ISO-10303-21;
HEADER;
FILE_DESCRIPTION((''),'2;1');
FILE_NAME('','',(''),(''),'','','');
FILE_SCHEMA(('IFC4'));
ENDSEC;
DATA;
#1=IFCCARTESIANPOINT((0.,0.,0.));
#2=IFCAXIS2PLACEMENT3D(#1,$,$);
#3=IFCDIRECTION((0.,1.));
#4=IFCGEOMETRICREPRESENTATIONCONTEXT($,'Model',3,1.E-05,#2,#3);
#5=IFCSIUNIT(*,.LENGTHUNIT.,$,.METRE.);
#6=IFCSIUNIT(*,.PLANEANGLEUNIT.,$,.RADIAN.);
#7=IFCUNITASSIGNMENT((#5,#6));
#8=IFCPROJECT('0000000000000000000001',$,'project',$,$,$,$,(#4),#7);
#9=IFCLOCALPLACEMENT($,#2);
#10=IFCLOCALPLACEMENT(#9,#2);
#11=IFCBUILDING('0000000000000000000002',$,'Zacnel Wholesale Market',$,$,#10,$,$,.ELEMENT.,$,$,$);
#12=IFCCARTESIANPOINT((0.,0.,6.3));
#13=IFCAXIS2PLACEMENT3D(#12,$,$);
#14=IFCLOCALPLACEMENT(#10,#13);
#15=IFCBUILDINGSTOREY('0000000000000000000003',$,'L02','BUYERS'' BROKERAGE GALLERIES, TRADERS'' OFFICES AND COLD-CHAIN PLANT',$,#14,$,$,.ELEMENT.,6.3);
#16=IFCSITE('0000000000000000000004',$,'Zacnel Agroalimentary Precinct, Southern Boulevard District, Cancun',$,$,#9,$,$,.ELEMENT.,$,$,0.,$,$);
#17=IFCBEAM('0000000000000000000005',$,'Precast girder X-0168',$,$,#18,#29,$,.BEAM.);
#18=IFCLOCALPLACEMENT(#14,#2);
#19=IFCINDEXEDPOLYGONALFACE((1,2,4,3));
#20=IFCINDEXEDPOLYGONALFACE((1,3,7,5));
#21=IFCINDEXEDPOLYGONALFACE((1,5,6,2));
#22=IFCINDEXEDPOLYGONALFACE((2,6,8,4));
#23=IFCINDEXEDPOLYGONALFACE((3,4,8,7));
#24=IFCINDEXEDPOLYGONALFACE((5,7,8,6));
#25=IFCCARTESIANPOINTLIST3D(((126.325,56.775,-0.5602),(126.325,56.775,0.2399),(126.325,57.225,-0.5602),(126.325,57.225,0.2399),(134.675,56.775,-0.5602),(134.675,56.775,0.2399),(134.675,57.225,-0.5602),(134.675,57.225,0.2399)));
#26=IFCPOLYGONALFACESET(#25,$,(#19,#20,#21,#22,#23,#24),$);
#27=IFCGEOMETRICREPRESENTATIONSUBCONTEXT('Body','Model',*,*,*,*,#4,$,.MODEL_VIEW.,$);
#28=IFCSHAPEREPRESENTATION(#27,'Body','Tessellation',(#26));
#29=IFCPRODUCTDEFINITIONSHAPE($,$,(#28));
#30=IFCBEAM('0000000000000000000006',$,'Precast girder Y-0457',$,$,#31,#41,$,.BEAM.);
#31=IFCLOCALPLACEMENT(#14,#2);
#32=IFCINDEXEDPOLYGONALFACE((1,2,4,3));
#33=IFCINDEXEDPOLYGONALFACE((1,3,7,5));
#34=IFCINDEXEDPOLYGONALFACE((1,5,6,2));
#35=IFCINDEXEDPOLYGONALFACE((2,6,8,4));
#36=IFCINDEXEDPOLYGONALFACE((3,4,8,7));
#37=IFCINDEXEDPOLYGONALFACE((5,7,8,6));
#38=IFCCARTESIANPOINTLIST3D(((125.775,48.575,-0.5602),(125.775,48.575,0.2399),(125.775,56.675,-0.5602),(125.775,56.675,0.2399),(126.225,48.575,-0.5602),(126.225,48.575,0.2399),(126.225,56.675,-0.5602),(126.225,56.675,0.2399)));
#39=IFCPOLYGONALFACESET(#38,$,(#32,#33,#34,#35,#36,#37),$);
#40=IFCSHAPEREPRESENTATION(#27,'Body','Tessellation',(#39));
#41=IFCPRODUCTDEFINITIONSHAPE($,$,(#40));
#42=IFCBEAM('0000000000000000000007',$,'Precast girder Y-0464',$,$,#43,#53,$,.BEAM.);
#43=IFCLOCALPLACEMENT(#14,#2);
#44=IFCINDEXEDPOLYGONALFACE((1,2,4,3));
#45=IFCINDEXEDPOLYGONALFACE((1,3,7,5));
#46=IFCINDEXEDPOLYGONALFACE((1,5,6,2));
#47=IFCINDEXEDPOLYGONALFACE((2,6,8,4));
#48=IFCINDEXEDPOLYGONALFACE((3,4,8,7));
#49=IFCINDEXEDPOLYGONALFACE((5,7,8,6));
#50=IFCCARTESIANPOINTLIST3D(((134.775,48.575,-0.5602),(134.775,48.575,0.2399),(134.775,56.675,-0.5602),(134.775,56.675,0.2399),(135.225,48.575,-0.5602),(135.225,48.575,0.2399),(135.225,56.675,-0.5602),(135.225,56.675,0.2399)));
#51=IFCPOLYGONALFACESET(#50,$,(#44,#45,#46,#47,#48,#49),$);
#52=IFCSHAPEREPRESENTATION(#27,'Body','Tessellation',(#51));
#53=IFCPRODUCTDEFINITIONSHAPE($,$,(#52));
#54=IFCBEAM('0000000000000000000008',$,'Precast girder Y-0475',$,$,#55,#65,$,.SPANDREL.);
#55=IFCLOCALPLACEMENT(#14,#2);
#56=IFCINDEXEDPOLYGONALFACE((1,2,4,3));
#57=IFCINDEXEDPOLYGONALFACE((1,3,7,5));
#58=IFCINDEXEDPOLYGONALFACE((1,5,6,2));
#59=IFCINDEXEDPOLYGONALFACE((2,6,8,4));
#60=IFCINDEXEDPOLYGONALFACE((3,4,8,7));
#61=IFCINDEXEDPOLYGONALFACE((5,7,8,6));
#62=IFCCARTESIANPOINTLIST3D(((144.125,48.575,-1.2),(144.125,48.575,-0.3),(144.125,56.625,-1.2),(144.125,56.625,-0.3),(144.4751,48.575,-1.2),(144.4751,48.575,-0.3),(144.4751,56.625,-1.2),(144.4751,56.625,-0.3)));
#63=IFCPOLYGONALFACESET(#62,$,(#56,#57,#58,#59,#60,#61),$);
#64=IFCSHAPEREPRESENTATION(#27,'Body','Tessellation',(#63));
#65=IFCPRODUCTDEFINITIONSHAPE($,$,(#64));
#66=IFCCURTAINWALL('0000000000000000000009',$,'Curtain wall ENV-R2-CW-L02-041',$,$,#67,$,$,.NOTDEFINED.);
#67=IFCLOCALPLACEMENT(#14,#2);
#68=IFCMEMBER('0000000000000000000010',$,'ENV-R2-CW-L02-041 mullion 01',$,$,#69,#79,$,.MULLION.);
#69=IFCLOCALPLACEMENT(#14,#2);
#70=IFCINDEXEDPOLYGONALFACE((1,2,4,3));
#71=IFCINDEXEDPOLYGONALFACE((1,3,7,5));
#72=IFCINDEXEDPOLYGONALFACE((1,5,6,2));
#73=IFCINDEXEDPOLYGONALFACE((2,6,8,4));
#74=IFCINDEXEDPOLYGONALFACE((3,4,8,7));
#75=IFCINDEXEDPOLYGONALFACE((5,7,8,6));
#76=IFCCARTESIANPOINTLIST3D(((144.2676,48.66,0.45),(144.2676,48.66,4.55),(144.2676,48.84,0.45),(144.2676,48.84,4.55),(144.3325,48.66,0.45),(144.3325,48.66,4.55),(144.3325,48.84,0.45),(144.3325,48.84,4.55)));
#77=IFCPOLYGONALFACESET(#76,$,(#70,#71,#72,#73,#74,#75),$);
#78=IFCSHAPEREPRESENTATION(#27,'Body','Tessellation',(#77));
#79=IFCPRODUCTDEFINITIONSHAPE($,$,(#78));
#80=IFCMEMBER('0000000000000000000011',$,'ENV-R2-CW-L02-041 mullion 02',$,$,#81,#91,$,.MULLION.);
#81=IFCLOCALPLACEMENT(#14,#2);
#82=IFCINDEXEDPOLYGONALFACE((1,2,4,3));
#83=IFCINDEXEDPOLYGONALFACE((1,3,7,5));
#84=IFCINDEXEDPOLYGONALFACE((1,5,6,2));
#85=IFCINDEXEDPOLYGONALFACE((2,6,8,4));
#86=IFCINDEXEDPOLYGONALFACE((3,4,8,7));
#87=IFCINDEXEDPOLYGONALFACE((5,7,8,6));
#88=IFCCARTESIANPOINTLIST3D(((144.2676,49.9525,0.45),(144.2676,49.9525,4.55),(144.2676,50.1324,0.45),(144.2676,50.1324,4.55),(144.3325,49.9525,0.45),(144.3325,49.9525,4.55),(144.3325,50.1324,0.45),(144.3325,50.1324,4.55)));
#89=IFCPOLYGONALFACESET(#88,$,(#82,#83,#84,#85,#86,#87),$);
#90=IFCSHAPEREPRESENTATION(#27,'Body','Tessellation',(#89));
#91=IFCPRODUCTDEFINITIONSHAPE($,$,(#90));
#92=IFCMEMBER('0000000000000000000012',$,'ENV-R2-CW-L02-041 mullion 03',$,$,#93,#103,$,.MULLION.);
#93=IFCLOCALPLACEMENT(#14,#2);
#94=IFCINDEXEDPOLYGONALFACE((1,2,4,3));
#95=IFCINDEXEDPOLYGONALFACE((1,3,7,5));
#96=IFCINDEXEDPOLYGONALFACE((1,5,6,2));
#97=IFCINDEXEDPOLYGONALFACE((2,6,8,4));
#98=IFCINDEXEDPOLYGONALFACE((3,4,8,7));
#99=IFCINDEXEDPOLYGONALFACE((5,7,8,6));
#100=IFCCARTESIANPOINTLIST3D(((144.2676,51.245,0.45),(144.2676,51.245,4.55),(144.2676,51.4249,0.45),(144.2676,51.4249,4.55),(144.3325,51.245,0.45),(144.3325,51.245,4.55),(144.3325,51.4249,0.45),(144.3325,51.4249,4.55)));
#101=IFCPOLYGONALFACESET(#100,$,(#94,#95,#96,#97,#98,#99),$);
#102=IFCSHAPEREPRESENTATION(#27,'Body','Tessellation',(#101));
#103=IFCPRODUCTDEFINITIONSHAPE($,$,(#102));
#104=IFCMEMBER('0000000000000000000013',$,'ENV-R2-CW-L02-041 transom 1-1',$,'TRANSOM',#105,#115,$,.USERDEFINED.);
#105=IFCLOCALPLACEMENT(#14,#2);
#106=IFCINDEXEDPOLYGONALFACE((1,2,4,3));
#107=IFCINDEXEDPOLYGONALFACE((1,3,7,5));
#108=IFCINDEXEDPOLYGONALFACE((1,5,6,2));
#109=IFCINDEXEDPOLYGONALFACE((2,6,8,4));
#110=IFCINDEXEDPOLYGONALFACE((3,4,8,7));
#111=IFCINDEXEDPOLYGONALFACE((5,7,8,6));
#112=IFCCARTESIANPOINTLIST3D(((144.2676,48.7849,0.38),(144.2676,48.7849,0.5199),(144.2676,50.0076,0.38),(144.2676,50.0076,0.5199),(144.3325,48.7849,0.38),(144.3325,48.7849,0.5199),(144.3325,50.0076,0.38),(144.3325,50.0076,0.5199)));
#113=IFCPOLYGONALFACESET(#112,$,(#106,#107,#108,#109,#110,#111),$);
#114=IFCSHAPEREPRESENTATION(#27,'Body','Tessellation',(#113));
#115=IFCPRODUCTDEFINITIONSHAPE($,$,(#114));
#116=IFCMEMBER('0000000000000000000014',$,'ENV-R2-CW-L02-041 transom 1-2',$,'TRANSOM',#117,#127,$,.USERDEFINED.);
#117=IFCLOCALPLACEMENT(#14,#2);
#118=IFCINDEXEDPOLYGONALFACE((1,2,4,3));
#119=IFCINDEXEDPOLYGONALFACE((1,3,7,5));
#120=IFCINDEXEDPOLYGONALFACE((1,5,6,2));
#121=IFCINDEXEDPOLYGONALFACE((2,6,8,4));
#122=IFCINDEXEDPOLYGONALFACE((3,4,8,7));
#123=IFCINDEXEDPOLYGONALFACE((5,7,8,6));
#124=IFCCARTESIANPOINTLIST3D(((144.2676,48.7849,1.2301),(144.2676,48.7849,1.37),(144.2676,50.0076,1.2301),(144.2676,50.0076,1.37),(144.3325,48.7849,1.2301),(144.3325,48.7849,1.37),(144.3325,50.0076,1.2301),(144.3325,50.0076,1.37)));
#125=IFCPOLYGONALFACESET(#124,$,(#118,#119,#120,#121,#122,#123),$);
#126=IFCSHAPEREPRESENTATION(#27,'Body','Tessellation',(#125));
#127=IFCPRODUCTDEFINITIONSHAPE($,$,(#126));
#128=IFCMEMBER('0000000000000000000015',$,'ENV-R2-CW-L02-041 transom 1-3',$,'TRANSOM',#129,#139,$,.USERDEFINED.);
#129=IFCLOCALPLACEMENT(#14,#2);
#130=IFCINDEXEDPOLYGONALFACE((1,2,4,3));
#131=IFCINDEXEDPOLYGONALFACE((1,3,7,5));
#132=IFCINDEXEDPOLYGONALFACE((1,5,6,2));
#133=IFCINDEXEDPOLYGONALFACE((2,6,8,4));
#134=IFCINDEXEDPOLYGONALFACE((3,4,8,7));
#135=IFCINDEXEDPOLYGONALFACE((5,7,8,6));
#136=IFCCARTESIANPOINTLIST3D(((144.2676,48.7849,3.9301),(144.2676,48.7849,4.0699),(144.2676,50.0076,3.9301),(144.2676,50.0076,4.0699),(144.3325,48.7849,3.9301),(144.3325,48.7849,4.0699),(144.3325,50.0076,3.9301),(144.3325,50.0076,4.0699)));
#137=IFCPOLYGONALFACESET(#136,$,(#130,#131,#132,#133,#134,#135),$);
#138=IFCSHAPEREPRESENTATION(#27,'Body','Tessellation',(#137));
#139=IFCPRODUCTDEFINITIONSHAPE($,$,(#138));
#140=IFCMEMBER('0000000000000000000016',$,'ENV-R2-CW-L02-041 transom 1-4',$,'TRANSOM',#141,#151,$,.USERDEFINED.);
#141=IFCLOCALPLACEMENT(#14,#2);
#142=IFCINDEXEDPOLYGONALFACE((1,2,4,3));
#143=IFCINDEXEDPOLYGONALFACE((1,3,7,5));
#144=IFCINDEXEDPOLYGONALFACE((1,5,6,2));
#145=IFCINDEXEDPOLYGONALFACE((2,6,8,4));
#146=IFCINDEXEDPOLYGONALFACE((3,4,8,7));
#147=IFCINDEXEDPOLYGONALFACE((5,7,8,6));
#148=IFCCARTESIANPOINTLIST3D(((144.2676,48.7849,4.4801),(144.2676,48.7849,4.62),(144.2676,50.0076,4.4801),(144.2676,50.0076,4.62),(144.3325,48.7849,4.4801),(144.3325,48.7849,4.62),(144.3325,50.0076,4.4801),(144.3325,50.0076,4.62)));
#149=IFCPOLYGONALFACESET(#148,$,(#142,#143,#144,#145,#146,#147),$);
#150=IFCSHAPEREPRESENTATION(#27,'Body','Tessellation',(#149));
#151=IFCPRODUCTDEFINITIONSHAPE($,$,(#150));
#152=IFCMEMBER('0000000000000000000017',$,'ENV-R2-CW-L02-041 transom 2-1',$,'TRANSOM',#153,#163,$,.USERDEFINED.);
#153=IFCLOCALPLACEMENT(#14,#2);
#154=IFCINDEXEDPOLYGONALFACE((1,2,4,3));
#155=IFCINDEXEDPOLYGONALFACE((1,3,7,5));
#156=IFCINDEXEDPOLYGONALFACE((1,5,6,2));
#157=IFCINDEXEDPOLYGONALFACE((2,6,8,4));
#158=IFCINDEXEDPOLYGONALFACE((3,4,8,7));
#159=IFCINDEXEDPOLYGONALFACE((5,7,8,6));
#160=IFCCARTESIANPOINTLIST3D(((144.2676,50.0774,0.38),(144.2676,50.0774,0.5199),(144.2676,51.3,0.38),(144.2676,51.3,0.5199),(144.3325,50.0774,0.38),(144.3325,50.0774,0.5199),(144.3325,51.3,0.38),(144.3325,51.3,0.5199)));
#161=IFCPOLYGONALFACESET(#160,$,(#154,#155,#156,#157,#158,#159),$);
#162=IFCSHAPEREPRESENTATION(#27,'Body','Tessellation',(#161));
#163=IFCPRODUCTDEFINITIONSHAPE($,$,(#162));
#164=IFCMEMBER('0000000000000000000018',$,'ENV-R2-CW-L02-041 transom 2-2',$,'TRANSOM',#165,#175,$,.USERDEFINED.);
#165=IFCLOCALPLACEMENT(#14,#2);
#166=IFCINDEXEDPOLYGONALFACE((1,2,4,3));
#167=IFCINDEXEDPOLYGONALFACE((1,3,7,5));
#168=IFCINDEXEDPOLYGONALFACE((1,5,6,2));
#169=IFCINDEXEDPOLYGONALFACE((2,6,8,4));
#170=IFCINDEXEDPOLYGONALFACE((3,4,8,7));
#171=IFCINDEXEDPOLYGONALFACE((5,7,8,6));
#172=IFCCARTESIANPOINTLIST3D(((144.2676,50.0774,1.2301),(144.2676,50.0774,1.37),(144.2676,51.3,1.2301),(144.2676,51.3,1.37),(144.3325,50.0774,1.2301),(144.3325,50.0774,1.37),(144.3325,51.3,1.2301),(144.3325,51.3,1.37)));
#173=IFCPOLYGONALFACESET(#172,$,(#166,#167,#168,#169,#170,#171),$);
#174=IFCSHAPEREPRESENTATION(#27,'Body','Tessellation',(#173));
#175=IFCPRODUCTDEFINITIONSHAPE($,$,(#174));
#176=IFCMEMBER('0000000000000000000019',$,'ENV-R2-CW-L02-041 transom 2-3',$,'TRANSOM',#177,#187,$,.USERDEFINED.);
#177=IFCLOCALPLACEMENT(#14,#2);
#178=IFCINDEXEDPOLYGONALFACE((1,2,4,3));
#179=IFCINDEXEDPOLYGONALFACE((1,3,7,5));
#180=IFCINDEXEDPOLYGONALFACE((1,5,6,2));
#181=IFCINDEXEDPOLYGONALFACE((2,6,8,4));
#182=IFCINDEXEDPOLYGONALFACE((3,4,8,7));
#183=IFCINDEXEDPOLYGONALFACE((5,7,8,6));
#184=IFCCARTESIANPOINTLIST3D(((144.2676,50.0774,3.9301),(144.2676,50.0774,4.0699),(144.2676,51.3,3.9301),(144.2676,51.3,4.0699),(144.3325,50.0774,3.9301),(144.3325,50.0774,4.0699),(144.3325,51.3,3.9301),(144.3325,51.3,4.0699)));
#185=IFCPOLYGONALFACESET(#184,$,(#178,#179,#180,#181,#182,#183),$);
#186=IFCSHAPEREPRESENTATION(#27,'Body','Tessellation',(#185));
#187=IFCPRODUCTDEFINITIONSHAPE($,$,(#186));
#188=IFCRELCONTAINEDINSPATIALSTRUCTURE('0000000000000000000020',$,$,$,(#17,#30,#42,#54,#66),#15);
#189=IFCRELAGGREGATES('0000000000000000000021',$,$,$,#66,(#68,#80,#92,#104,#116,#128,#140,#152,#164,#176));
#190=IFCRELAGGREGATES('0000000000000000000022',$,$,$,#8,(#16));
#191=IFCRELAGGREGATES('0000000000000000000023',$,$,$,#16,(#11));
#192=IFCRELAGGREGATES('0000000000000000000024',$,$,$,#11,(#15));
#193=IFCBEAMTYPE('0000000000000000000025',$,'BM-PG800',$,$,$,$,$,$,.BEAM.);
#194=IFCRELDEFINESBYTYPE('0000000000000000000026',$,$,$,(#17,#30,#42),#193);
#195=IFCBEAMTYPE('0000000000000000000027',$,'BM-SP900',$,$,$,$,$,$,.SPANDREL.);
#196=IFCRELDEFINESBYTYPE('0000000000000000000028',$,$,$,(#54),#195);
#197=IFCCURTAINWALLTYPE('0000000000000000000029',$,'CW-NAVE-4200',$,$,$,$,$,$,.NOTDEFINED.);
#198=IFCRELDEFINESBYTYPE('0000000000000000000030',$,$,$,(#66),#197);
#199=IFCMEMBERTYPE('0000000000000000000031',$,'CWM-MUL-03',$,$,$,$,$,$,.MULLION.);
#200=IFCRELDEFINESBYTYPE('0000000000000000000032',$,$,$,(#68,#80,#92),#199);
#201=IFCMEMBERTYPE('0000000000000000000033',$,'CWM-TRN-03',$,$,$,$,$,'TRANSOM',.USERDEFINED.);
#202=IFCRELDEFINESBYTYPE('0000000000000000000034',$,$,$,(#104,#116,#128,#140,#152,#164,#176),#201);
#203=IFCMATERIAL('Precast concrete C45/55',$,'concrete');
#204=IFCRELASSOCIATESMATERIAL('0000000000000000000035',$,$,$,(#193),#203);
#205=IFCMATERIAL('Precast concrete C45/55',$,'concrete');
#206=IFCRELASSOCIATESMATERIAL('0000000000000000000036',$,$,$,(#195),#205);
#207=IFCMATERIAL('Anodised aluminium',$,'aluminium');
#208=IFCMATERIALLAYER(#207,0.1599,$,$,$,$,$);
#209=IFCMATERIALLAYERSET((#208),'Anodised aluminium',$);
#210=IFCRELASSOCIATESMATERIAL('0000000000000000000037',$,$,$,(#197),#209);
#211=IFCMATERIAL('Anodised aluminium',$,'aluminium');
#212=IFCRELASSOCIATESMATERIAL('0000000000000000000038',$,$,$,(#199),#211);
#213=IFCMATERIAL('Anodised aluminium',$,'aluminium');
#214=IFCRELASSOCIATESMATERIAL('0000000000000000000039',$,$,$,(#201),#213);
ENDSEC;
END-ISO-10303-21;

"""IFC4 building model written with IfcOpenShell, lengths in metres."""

from ifc_helpers import new_model, si_unit, direction, frame, origin, origin_2d, place, context, subcontext, project, spatial, rectangle, extrude, material, layer, layer_set, material_profile, profile_set, type_object, element, aggregate, save


model = new_model("IFC4")

# Units and contexts
model_context = context("Model", 3, precision=1e-05, world=origin(), true_north=direction((0.0, 1.0)))
body_context = subcontext(model_context, "Body", "Model", "MODEL_VIEW")
ifc_project = project(units=[si_unit("LENGTHUNIT", "METRE"), si_unit("PLANEANGLEUNIT", "RADIAN")], contexts=[model_context])

# Site, building, storey
site_placement = place(None, origin())
site = spatial("IfcSite", under=ifc_project, at=site_placement, Name="Zacnel Agroalimentary Precinct, Southern Boulevard District, Cancun", CompositionType="ELEMENT", RefElevation=0.0)
building_placement = place(site_placement, origin())
building = spatial("IfcBuilding", under=site, at=building_placement, Name="Zacnel Wholesale Market", CompositionType="ELEMENT")
storey_placement = place(building_placement, frame((0.0, 0.0, 6.3)))
storey = spatial("IfcBuildingStorey", under=building, at=storey_placement, Name="L02", Description="BUYERS' BROKERAGE GALLERIES, TRADERS' OFFICES AND COLD-CHAIN PLANT", CompositionType="ELEMENT", Elevation=6.3)

# Beams
ifc_material_1 = material(Name="Precast concrete C45/55", Category="concrete")
ifc_material_profile_1 = material_profile(ifc_material_1, rectangle(XDim=0.45, YDim=0.8, at=origin_2d()), Name="PG 450x800")
ifc_profile_set_1 = profile_set([ifc_material_profile_1], Name="Precast concrete C45/55")
beam_type_1 = type_object("IfcBeamType", Name="BM-PG800", PredefinedType="BEAM", material=ifc_profile_set_1)
beam_1_placement = place(storey_placement, frame((126.325, 57.0, -0.1602), z_axis=(1.0, 0.0, 0.0), x_axis=(0.0, 1.0, 0.0)))
element("IfcBeam", 1, at=beam_1_placement, inside=storey, type_object=beam_type_1, Name="Precast girder X-0168", PredefinedType="BEAM", context=body_context, shape_type="SweptSolid", body=[
    extrude(rectangle(XDim=0.45, YDim=0.8, at=origin_2d()), origin(), (0.0, 0.0, 1.0), 8.3501),
])
for number, where, z_axis, x_axis, name in (
    (2, (126.0, 48.575, -0.1602), (0.0, 1.0, 0.0), (-1.0, 0.0, 0.0), "Precast girder Y-0457"),
    (3, (135.0, 48.575, -0.1602), (0.0, 1.0, 0.0), (-1.0, 0.0, 0.0), "Precast girder Y-0464"),
):
    element("IfcBeam", number, at=place(storey_placement, frame(where, z_axis=z_axis, x_axis=x_axis)), inside=storey, type_object=beam_type_1, Name=name, PredefinedType="BEAM", context=body_context, shape_type="SweptSolid", body=[
        extrude(rectangle(XDim=0.45, YDim=0.8, at=origin_2d()), origin(), (0.0, 0.0, 1.0), 8.1001),
    ])
ifc_material_2 = material(Name="Precast concrete C45/55", Category="concrete")
ifc_material_profile_2 = material_profile(ifc_material_2, rectangle(XDim=0.3501, YDim=0.8999, at=origin_2d()), Name="SP 350x900")
ifc_profile_set_2 = profile_set([ifc_material_profile_2], Name="Precast concrete C45/55")
beam_type_2 = type_object("IfcBeamType", Name="BM-SP900", PredefinedType="SPANDREL", material=ifc_profile_set_2)
beam_2_placement = place(storey_placement, frame((144.3, 48.575, -0.75), z_axis=(0.0, 1.0, 0.0), x_axis=(-1.0, 0.0, 0.0)))
element("IfcBeam", 4, at=beam_2_placement, inside=storey, type_object=beam_type_2, Name="Precast girder Y-0475", PredefinedType="SPANDREL", context=body_context, shape_type="SweptSolid", body=[
    extrude(rectangle(XDim=0.3501, YDim=0.8999, at=origin_2d()), origin(), (0.0, 0.0, 1.0), 8.05),
])

# Curtain wall, members
ifc_material_3 = material(Name="Anodised aluminium", Category="aluminium")
ifc_layer_1 = layer(ifc_material_3, 0.1599)
ifc_layer_set_1 = layer_set([ifc_layer_1], Name="Anodised aluminium")
curtain_wall_type = type_object("IfcCurtainWallType", Name="CW-NAVE-4200", PredefinedType="NOTDEFINED", material=ifc_layer_set_1)
curtain_wall_placement = place(storey_placement, origin())
curtain_wall = element("IfcCurtainWall", 5, at=curtain_wall_placement, inside=storey, type_object=curtain_wall_type, Name="Curtain wall ENV-R2-CW-L02-041", PredefinedType="NOTDEFINED")
ifc_material_4 = material(Name="Anodised aluminium", Category="aluminium")
ifc_material_profile_3 = material_profile(ifc_material_4, rectangle(XDim=0.0649, YDim=0.1799, at=origin_2d()), Name="AW-MULLION 65x180")
ifc_profile_set_3 = profile_set([ifc_material_profile_3], Name="Anodised aluminium")
member_type_1 = type_object("IfcMemberType", Name="CWM-MUL-03", PredefinedType="MULLION", material=ifc_profile_set_3)
member_1_placement = place(storey_placement, frame((144.3, 48.75, 0.45), z_axis=(0.0, 0.0, 1.0), x_axis=(1.0, 0.0, 0.0)))
member_1 = element("IfcMember", 6, at=member_1_placement, type_object=member_type_1, Name="ENV-R2-CW-L02-041 mullion 01", PredefinedType="MULLION", context=body_context, shape_type="SweptSolid", body=[
    extrude(rectangle(XDim=0.0649, YDim=0.1799, at=origin_2d()), origin(), (0.0, 0.0, 1.0), 4.1001),
])
member_2_placement = place(storey_placement, frame((144.3, 50.0425, 0.45), z_axis=(0.0, 0.0, 1.0), x_axis=(1.0, 0.0, 0.0)))
member_2 = element("IfcMember", 7, at=member_2_placement, type_object=member_type_1, Name="ENV-R2-CW-L02-041 mullion 02", PredefinedType="MULLION", context=body_context, shape_type="SweptSolid", body=[
    extrude(rectangle(XDim=0.0649, YDim=0.1799, at=origin_2d()), origin(), (0.0, 0.0, 1.0), 4.1001),
])
member_3_placement = place(storey_placement, frame((144.3, 51.335, 0.45), z_axis=(0.0, 0.0, 1.0), x_axis=(1.0, 0.0, 0.0)))
member_3 = element("IfcMember", 8, at=member_3_placement, type_object=member_type_1, Name="ENV-R2-CW-L02-041 mullion 03", PredefinedType="MULLION", context=body_context, shape_type="SweptSolid", body=[
    extrude(rectangle(XDim=0.0649, YDim=0.1799, at=origin_2d()), origin(), (0.0, 0.0, 1.0), 4.1001),
])
ifc_material_5 = material(Name="Anodised aluminium", Category="aluminium")
ifc_material_profile_4 = material_profile(ifc_material_5, rectangle(XDim=0.0649, YDim=0.1399, at=origin_2d()), Name="AW-TRANSOM 65x140")
ifc_profile_set_4 = profile_set([ifc_material_profile_4], Name="Anodised aluminium")
member_type_2 = type_object("IfcMemberType", Name="CWM-TRN-03", ElementType="TRANSOM", PredefinedType="USERDEFINED", material=ifc_profile_set_4)
member_4_placement = place(storey_placement, frame((144.3, 48.7849, 0.45), z_axis=(0.0, 1.0, 0.0), x_axis=(-1.0, 0.0, 0.0)))
member_4 = element("IfcMember", 9, at=member_4_placement, type_object=member_type_2, Name="ENV-R2-CW-L02-041 transom 1-1", ObjectType="TRANSOM", PredefinedType="USERDEFINED", context=body_context, shape_type="SweptSolid", body=[
    extrude(rectangle(XDim=0.0649, YDim=0.1399, at=origin_2d()), origin(), (0.0, 0.0, 1.0), 1.2227),
])
member_5_placement = place(storey_placement, frame((144.3, 48.7849, 1.3), z_axis=(0.0, 1.0, 0.0), x_axis=(-1.0, 0.0, 0.0)))
member_5 = element("IfcMember", 10, at=member_5_placement, type_object=member_type_2, Name="ENV-R2-CW-L02-041 transom 1-2", ObjectType="TRANSOM", PredefinedType="USERDEFINED", context=body_context, shape_type="SweptSolid", body=[
    extrude(rectangle(XDim=0.0649, YDim=0.1399, at=origin_2d()), origin(), (0.0, 0.0, 1.0), 1.2227),
])
member_6_placement = place(storey_placement, frame((144.3, 48.7849, 4.0), z_axis=(0.0, 1.0, 0.0), x_axis=(-1.0, 0.0, 0.0)))
member_6 = element("IfcMember", 11, at=member_6_placement, type_object=member_type_2, Name="ENV-R2-CW-L02-041 transom 1-3", ObjectType="TRANSOM", PredefinedType="USERDEFINED", context=body_context, shape_type="SweptSolid", body=[
    extrude(rectangle(XDim=0.0649, YDim=0.1399, at=origin_2d()), origin(), (0.0, 0.0, 1.0), 1.2227),
])
member_7_placement = place(storey_placement, frame((144.3, 48.7849, 4.55), z_axis=(0.0, 1.0, 0.0), x_axis=(-1.0, 0.0, 0.0)))
member_7 = element("IfcMember", 12, at=member_7_placement, type_object=member_type_2, Name="ENV-R2-CW-L02-041 transom 1-4", ObjectType="TRANSOM", PredefinedType="USERDEFINED", context=body_context, shape_type="SweptSolid", body=[
    extrude(rectangle(XDim=0.0649, YDim=0.1399, at=origin_2d()), origin(), (0.0, 0.0, 1.0), 1.2227),
])
member_8_placement = place(storey_placement, frame((144.3, 50.0774, 0.45), z_axis=(0.0, 1.0, 0.0), x_axis=(-1.0, 0.0, 0.0)))
member_8 = element("IfcMember", 13, at=member_8_placement, type_object=member_type_2, Name="ENV-R2-CW-L02-041 transom 2-1", ObjectType="TRANSOM", PredefinedType="USERDEFINED", context=body_context, shape_type="SweptSolid", body=[
    extrude(rectangle(XDim=0.0649, YDim=0.1399, at=origin_2d()), origin(), (0.0, 0.0, 1.0), 1.2227),
])
member_9_placement = place(storey_placement, frame((144.3, 50.0774, 1.3), z_axis=(0.0, 1.0, 0.0), x_axis=(-1.0, 0.0, 0.0)))
member_9 = element("IfcMember", 14, at=member_9_placement, type_object=member_type_2, Name="ENV-R2-CW-L02-041 transom 2-2", ObjectType="TRANSOM", PredefinedType="USERDEFINED", context=body_context, shape_type="SweptSolid", body=[
    extrude(rectangle(XDim=0.0649, YDim=0.1399, at=origin_2d()), origin(), (0.0, 0.0, 1.0), 1.2227),
])
member_10_placement = place(storey_placement, frame((144.3, 50.0774, 4.0), z_axis=(0.0, 1.0, 0.0), x_axis=(-1.0, 0.0, 0.0)))
member_10 = element("IfcMember", 15, at=member_10_placement, type_object=member_type_2, Name="ENV-R2-CW-L02-041 transom 2-3", ObjectType="TRANSOM", PredefinedType="USERDEFINED", context=body_context, shape_type="SweptSolid", body=[
    extrude(rectangle(XDim=0.0649, YDim=0.1399, at=origin_2d()), origin(), (0.0, 0.0, 1.0), 1.2227),
])

aggregate(curtain_wall, [member_1, member_2, member_3, member_4, member_5, member_6, member_7, member_8, member_9, member_10])

save(model, "model.ifc")
